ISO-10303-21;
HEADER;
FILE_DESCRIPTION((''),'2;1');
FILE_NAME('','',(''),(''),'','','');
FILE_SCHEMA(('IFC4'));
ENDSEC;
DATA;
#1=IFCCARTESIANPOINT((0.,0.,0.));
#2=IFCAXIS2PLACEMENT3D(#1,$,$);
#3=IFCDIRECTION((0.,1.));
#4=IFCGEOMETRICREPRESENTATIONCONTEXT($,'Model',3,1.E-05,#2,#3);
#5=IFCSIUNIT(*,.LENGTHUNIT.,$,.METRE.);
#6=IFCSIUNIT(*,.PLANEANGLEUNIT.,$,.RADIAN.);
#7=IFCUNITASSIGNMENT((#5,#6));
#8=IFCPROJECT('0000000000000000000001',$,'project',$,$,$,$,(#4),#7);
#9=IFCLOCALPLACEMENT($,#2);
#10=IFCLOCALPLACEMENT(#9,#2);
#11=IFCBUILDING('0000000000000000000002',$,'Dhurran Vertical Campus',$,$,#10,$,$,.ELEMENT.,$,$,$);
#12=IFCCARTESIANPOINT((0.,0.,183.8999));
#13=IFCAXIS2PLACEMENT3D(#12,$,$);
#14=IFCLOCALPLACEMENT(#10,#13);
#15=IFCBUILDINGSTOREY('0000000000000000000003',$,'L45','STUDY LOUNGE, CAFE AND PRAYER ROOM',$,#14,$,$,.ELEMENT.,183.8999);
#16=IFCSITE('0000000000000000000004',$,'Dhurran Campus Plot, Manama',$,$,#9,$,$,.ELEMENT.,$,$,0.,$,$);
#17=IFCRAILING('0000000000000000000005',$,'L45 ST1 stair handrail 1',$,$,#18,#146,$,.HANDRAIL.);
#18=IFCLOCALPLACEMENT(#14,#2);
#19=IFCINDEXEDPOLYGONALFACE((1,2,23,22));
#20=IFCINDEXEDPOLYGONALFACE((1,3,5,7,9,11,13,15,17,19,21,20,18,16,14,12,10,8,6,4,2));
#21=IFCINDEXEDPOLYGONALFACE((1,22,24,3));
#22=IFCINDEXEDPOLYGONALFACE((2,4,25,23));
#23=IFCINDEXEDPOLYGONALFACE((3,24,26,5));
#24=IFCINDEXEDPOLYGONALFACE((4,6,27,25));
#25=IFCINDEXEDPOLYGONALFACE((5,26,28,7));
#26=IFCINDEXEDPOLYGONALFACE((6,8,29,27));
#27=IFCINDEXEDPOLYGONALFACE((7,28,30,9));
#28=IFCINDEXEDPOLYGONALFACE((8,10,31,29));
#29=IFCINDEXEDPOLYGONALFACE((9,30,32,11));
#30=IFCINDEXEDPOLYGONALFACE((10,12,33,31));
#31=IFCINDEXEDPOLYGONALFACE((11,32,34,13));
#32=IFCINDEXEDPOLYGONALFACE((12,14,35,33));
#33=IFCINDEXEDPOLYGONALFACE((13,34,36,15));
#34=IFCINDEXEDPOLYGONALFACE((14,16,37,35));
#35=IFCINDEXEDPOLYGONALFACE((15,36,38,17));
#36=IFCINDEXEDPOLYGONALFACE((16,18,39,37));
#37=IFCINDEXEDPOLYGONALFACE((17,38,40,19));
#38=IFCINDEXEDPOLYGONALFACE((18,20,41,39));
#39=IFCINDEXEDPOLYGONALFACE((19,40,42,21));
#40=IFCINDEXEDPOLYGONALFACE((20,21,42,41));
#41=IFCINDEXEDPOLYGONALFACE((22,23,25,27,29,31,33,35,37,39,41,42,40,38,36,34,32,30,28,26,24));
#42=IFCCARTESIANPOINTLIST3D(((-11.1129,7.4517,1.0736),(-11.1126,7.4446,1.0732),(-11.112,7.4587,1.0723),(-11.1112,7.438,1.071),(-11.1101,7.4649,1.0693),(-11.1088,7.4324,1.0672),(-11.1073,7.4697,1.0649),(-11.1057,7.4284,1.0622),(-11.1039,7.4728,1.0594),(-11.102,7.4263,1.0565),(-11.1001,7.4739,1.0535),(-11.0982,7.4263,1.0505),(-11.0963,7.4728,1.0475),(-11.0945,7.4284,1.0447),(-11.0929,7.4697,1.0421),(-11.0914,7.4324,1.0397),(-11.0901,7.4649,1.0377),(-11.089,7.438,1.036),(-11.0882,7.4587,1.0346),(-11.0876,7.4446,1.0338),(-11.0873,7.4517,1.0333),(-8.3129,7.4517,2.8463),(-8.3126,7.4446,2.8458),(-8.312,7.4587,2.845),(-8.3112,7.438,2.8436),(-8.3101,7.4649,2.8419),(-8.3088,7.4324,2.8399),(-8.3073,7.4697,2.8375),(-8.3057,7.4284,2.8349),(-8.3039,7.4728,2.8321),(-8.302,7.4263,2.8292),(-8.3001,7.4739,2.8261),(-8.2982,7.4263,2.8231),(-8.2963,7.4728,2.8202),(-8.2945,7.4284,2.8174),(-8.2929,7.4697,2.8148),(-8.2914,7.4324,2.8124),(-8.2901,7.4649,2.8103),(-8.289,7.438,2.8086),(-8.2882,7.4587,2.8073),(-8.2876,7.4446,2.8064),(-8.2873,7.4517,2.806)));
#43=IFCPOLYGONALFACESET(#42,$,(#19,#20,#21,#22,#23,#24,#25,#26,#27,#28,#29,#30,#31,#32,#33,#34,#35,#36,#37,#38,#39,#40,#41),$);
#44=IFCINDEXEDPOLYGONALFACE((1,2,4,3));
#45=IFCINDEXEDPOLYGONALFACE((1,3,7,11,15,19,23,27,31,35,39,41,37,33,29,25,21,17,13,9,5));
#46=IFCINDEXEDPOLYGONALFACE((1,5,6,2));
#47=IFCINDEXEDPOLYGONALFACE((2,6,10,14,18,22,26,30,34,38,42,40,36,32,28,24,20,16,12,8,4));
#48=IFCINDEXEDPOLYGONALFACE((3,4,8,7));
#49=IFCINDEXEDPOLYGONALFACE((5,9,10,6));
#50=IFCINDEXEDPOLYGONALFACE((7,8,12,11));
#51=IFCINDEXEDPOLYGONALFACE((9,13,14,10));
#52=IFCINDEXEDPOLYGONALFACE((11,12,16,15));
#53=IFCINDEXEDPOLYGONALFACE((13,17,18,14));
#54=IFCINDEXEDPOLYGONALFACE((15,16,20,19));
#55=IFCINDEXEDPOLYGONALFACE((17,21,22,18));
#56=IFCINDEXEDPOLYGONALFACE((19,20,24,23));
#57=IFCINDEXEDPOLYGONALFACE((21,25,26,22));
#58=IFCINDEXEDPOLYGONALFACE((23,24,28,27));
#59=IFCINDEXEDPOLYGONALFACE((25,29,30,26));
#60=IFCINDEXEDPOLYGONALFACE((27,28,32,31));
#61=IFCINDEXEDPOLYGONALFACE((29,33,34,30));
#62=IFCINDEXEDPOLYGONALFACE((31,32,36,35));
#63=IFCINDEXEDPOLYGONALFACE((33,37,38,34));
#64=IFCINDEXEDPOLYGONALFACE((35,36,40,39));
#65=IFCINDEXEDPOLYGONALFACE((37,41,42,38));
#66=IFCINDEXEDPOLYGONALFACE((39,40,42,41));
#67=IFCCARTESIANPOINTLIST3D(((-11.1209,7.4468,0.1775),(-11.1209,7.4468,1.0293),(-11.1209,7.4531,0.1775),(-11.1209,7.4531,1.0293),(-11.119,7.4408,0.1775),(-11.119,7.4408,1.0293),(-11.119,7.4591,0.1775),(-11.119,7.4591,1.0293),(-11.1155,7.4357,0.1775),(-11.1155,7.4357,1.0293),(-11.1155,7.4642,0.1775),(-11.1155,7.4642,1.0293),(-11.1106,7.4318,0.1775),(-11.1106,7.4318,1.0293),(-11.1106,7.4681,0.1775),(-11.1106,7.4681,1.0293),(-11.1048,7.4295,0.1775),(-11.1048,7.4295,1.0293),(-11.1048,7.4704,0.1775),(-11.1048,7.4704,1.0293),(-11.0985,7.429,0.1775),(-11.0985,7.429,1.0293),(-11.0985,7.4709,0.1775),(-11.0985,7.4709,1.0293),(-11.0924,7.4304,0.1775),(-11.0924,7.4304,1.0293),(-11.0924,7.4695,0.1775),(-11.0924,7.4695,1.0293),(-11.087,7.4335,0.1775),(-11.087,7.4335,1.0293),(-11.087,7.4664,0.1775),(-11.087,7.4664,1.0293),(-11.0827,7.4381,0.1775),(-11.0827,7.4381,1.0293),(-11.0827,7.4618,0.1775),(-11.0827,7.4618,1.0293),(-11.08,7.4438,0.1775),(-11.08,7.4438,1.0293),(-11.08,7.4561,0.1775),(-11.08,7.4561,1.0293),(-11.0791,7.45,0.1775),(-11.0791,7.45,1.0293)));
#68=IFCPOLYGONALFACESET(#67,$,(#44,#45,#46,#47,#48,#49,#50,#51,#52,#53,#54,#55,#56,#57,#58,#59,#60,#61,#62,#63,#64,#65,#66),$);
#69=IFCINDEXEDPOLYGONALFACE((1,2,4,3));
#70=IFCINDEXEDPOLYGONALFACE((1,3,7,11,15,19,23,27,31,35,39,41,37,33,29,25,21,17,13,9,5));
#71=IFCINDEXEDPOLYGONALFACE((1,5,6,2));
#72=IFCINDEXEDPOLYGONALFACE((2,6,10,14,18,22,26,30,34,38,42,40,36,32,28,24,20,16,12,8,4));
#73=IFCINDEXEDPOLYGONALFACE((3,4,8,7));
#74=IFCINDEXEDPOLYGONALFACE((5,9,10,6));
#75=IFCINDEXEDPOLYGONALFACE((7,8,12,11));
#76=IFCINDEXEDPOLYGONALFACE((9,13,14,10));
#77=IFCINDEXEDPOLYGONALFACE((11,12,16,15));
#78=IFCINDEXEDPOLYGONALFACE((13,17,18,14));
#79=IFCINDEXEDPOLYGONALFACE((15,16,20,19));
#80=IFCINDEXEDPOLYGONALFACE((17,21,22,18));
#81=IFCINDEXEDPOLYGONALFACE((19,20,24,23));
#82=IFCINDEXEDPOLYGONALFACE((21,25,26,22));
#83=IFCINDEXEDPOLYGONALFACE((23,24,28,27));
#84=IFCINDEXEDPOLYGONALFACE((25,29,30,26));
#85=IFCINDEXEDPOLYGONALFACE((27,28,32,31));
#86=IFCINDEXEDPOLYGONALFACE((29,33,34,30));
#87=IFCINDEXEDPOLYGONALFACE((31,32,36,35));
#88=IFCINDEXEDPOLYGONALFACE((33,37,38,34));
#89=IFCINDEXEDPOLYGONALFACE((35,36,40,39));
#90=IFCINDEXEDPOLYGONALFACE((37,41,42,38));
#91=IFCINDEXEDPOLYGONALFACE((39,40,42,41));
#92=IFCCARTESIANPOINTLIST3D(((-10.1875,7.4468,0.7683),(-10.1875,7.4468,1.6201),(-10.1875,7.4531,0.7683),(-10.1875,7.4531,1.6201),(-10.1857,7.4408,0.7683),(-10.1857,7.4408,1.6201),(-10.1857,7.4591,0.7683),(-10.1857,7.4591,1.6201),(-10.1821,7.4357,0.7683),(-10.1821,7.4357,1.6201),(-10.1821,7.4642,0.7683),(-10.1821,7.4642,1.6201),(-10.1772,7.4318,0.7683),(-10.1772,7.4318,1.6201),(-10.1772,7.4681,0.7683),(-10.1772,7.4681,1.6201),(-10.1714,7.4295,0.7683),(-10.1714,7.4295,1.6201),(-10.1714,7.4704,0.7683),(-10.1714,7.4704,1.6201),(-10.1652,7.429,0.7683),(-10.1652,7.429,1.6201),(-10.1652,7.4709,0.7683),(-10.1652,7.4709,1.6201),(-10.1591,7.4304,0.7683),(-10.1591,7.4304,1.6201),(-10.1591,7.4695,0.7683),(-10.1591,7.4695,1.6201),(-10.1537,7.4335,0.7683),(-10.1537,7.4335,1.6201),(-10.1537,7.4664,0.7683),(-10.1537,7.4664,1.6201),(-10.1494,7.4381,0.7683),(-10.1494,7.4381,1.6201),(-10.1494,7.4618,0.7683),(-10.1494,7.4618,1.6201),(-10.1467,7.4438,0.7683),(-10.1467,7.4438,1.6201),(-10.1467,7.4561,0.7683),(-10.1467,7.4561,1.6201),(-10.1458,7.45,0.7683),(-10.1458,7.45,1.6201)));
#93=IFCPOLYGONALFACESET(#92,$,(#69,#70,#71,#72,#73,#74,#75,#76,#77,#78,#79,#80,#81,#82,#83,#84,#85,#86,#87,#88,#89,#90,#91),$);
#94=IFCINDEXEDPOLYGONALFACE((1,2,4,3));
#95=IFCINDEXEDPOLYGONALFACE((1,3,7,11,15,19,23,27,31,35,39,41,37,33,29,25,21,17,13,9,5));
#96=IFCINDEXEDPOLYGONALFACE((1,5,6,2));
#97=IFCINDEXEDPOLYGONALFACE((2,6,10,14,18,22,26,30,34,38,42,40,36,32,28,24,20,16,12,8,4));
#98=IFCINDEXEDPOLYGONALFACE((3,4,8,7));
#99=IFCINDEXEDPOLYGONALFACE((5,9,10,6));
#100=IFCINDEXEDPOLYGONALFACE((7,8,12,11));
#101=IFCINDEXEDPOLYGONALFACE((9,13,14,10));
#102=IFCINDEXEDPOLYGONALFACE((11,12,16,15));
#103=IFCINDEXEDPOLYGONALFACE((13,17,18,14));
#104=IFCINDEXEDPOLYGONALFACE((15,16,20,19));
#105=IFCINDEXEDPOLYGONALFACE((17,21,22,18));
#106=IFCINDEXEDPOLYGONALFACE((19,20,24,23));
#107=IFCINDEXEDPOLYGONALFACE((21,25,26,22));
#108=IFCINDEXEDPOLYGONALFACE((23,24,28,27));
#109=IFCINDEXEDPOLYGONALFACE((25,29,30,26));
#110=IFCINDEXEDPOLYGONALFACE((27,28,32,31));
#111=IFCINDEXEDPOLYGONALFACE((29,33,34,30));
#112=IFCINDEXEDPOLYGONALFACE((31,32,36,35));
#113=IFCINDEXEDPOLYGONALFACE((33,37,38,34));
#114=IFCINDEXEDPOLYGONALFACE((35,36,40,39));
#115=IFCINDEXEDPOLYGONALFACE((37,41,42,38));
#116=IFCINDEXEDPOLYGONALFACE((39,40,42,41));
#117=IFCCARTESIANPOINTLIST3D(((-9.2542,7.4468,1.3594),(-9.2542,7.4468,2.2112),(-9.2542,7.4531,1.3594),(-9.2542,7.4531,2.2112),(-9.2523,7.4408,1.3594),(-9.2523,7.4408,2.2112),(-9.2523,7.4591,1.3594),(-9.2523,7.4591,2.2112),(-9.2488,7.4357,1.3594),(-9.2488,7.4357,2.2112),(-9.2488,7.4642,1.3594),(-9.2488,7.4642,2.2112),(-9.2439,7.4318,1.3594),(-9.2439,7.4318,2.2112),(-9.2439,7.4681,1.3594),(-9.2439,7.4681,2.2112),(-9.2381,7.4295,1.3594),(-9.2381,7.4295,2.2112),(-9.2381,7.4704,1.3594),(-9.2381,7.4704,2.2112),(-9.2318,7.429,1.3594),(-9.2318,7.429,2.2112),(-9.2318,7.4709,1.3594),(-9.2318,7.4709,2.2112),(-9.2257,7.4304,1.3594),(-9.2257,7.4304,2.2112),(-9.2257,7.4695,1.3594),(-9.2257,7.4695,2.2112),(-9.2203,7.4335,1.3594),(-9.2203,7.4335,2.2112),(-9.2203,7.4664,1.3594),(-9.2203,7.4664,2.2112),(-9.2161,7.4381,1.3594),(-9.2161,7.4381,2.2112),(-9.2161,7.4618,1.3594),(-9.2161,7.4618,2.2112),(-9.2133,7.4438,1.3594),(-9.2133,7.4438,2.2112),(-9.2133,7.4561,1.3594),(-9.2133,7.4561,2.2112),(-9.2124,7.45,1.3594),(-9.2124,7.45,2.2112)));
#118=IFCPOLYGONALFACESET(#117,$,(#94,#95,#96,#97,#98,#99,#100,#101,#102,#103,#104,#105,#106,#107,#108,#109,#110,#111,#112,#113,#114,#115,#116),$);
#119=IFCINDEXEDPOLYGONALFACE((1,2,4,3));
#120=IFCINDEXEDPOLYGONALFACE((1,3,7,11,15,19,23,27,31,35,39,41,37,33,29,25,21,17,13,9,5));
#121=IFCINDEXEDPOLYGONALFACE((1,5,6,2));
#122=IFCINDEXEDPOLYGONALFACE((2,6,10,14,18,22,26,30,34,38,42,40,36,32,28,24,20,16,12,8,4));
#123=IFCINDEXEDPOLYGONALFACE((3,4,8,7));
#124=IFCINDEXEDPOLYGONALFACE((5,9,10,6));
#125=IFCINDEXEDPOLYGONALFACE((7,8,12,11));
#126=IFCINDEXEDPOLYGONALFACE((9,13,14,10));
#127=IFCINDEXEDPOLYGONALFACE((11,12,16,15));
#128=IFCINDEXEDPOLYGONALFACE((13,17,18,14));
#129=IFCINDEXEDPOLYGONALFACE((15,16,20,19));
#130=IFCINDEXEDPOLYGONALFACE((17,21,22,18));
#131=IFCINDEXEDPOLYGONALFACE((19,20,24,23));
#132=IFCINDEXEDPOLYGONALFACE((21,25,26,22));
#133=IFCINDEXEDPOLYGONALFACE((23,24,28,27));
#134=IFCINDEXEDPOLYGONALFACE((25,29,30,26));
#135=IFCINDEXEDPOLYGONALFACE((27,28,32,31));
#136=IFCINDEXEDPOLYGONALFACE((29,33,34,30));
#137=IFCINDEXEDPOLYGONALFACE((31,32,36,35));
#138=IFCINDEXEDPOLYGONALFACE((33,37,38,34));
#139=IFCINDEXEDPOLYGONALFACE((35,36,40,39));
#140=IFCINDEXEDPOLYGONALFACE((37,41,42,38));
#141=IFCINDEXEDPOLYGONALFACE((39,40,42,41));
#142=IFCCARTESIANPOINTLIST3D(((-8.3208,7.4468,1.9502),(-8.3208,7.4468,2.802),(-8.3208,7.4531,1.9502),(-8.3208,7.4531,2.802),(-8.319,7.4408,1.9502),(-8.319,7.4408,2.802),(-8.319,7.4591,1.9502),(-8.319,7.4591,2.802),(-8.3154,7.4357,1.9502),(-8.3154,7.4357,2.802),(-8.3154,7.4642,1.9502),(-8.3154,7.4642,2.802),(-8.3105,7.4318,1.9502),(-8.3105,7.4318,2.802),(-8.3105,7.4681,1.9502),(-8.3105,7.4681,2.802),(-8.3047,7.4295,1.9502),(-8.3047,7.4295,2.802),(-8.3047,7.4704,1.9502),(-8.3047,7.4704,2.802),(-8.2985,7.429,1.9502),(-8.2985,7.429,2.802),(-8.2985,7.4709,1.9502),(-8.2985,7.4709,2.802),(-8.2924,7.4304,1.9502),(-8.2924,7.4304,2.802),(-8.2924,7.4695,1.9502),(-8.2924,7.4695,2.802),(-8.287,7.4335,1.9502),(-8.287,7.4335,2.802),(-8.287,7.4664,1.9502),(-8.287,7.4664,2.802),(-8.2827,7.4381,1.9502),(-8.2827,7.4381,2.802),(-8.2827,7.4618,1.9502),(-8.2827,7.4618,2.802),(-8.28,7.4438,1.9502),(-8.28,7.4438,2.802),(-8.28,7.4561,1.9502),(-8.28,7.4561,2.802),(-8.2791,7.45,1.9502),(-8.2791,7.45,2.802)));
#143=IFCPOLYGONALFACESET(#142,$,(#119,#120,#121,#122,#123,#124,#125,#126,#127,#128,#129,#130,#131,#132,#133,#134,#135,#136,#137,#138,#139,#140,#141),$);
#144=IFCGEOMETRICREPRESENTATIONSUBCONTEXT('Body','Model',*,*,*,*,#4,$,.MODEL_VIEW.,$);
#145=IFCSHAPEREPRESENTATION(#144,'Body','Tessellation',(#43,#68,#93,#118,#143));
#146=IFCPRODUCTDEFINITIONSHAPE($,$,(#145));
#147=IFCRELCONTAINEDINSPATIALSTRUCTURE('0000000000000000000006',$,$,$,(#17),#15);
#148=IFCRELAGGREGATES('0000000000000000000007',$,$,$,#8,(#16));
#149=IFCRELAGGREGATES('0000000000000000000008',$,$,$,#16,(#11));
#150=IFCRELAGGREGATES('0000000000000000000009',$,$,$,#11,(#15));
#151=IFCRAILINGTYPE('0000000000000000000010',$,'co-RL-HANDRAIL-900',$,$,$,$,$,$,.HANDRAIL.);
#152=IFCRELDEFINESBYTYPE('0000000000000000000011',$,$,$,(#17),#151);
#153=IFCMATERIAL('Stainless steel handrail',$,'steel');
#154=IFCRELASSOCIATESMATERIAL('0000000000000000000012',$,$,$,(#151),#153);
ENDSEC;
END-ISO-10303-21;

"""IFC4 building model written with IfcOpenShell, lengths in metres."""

from ifc_helpers import new_model, si_unit, direction, frame, origin, origin_2d, place, context, subcontext, project, spatial, circle, extrude, material, type_object, element, save


model = new_model("IFC4")

# Units and contexts
model_context = context("Model", 3, precision=1e-05, world=origin(), true_north=direction((0.0, 1.0)))
body_context = subcontext(model_context, "Body", "Model", "MODEL_VIEW")
ifc_project = project(units=[si_unit("LENGTHUNIT", "METRE"), si_unit("PLANEANGLEUNIT", "RADIAN")], contexts=[model_context])

# Site, building, storey
site_placement = place(None, origin())
site = spatial("IfcSite", under=ifc_project, at=site_placement, Name="Dhurran Campus Plot, Manama", CompositionType="ELEMENT", RefElevation=0.0)
building_placement = place(site_placement, origin())
building = spatial("IfcBuilding", under=site, at=building_placement, Name="Dhurran Vertical Campus", CompositionType="ELEMENT")
storey_placement = place(building_placement, frame((0.0, 0.0, 183.8999)))
storey = spatial("IfcBuildingStorey", under=building, at=storey_placement, Name="L45", Description="STUDY LOUNGE, CAFE AND PRAYER ROOM", CompositionType="ELEMENT", Elevation=183.8999)

# Railing
ifc_material_1 = material(Name="Stainless steel handrail", Category="steel")
railing_type_1 = type_object("IfcRailingType", Name="co-RL-HANDRAIL-900", PredefinedType="HANDRAIL", material=ifc_material_1)
railing_1_placement = place(storey_placement, frame((-11.1001, 7.45, 0.1775)))
element("IfcRailing", 1, at=railing_1_placement, inside=storey, type_object=railing_type_1, Name="L45 ST1 stair handrail 1", PredefinedType="HANDRAIL", context=body_context, shape_type="SweptSolid", body=[
    extrude(circle(Radius=0.0239, at=origin_2d()), frame((0.0, 0.0, 0.876), z_axis=(0.844909, 0.0, 0.53491), x_axis=(0.0, 1.0, 0.0)), (0.0, 0.0, 1.0), 3.314),
    extrude(circle(Radius=0.021, at=origin_2d()), origin(), (0.0, 0.0, 1.0), 0.8518),
    extrude(circle(Radius=0.021, at=origin_2d()), frame((0.9333, 0.0, 0.5908)), (0.0, 0.0, 1.0), 0.8518),
    extrude(circle(Radius=0.021, at=origin_2d()), frame((1.8667, 0.0, 1.1819)), (0.0, 0.0, 1.0), 0.8518),
    extrude(circle(Radius=0.021, at=origin_2d()), frame((2.8, 0.0, 1.7727)), (0.0, 0.0, 1.0), 0.8518),
])

save(model, "model.ifc")
